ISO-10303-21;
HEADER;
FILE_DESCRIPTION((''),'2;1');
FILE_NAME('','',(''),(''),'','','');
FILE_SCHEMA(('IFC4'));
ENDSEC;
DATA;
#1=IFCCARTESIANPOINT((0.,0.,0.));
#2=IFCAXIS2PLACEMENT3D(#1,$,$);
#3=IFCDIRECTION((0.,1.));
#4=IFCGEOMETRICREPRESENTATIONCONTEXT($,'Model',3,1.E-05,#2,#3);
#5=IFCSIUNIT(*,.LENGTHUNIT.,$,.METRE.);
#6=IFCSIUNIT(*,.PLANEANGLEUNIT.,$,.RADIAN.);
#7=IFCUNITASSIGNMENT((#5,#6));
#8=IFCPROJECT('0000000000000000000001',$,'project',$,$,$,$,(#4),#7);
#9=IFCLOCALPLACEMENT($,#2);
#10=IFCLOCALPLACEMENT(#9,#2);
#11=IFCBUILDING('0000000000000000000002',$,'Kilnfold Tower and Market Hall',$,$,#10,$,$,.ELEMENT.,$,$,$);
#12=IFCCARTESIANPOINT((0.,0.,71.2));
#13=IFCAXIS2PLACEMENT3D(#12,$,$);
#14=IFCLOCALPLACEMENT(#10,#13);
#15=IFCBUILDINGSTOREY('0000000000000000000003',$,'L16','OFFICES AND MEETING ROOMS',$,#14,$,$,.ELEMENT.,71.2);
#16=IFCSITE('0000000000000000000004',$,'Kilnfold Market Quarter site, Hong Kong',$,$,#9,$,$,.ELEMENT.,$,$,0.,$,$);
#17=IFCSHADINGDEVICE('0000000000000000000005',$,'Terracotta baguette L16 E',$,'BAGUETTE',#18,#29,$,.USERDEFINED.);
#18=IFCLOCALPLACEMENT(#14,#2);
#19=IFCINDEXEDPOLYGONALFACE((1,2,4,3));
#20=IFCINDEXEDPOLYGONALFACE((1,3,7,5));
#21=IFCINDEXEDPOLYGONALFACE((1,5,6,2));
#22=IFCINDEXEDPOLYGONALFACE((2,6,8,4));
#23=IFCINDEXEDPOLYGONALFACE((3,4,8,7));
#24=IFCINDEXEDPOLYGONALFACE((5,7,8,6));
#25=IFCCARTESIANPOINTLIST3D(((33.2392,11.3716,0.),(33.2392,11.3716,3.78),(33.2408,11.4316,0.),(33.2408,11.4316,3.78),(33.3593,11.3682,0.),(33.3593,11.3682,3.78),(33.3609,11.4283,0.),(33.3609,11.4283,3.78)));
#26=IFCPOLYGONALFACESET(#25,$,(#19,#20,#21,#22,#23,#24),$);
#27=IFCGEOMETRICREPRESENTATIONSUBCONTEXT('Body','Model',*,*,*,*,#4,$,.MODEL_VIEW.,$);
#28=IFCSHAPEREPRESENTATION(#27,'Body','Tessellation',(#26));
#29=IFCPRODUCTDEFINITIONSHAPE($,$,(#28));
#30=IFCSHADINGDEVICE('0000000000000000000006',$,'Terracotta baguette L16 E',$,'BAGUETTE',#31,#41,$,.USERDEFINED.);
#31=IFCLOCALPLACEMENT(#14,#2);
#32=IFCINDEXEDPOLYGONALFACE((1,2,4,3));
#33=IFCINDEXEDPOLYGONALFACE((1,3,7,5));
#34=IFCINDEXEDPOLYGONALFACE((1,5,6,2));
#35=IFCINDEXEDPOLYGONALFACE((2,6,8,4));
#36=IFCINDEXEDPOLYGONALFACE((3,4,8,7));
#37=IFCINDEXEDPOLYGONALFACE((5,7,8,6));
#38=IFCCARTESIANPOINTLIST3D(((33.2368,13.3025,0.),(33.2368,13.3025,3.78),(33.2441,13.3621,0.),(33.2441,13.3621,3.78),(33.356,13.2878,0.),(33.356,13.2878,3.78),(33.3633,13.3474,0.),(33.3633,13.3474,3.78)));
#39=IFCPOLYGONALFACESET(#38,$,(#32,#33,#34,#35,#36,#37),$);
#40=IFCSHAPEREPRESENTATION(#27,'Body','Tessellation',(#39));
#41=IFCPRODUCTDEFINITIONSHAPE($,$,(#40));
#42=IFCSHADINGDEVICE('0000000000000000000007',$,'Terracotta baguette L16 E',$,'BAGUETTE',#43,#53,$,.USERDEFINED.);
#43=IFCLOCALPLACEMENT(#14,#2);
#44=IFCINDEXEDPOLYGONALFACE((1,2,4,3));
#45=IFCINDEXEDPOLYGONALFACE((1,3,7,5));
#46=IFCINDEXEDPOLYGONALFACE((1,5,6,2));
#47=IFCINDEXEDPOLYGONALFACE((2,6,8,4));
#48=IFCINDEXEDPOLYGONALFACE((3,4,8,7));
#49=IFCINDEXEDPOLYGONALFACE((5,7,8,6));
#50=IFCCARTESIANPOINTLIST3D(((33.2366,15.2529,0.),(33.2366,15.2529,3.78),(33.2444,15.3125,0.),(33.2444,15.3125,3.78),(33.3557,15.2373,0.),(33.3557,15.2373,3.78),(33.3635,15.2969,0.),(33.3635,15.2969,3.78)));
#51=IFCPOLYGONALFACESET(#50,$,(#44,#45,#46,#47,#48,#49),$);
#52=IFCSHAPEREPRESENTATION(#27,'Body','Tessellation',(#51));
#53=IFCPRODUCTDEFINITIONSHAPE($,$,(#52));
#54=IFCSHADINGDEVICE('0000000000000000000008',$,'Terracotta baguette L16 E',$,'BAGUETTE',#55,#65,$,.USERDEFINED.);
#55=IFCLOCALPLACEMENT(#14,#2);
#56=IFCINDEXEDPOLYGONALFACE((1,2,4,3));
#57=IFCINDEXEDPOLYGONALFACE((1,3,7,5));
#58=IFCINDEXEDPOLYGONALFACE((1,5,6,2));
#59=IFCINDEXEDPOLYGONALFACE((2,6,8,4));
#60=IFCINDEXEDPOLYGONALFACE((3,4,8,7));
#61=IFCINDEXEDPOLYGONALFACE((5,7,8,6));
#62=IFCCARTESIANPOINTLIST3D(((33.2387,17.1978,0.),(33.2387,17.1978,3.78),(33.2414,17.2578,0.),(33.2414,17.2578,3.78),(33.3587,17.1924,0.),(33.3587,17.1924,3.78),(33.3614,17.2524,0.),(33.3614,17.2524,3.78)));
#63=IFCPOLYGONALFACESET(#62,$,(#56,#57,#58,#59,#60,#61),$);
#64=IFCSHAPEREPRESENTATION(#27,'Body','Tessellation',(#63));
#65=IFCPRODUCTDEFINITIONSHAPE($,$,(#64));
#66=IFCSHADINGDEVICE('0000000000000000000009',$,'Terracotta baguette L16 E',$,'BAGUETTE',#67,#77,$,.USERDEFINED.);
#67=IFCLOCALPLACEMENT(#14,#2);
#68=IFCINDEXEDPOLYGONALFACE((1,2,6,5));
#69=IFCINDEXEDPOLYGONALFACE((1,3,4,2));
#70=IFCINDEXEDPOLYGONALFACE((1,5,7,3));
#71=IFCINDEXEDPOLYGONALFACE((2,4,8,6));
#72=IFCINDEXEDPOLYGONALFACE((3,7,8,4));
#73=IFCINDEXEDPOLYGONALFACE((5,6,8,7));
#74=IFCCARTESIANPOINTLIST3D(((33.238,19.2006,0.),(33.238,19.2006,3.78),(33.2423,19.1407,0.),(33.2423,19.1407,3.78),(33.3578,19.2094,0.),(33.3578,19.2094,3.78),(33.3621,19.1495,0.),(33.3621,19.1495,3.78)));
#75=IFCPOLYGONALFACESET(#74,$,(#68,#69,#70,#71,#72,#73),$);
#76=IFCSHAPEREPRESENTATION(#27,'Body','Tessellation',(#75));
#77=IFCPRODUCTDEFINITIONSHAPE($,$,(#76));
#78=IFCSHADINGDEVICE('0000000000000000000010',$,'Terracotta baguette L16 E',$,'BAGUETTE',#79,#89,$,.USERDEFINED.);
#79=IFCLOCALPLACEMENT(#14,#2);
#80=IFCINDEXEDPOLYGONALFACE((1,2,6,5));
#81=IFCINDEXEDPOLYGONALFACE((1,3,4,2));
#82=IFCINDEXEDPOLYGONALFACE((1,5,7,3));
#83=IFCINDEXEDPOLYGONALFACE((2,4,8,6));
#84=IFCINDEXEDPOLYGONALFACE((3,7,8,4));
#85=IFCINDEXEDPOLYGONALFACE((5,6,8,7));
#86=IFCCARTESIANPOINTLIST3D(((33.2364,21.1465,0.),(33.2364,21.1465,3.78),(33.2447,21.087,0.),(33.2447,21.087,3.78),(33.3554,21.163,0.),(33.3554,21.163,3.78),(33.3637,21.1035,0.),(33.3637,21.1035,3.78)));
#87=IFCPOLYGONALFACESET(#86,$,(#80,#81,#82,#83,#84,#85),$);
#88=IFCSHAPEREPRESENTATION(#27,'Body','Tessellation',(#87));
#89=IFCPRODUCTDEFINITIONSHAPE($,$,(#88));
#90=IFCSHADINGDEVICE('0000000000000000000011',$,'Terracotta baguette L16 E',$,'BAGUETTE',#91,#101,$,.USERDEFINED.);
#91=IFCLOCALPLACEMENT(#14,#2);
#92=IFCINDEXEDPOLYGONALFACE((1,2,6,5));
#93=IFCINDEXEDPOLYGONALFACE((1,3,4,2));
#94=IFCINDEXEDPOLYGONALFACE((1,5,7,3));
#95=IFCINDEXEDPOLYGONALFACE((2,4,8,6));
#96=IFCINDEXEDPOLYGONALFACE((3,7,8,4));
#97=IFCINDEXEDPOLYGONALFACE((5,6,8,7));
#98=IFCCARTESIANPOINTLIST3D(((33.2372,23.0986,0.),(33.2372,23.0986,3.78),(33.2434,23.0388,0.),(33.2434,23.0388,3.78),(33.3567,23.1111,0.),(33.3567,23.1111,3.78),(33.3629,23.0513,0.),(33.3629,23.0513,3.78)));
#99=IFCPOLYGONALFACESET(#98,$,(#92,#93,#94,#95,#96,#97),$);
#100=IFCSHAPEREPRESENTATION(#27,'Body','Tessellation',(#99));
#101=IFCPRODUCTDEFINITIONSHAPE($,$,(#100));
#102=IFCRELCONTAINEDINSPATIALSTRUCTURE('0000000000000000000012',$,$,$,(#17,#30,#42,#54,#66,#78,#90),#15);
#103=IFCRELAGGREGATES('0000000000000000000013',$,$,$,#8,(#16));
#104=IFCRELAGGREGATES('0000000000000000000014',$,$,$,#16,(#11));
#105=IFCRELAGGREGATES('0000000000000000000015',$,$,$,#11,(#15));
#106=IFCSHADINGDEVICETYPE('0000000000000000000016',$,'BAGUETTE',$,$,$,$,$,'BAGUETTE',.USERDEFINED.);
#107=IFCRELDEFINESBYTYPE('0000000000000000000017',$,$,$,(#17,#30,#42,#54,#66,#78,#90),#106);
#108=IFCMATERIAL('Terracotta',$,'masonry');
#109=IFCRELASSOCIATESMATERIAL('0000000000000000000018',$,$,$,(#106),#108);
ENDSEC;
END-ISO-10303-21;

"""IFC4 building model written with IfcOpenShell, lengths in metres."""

from ifc_helpers import new_model, si_unit, direction, frame, origin, origin_2d, place, context, subcontext, project, spatial, rectangle, extrude, source, transform, mapped, material, material_profile, profile_set, type_object, element, save


model = new_model("IFC4")

# Units and contexts
model_context = context("Model", 3, precision=1e-05, world=origin(), true_north=direction((0.0, 1.0)))
body_context = subcontext(model_context, "Body", "Model", "MODEL_VIEW")
ifc_project = project(units=[si_unit("LENGTHUNIT", "METRE"), si_unit("PLANEANGLEUNIT", "RADIAN")], contexts=[model_context])

# Site, building, storey
site_placement = place(None, origin())
site = spatial("IfcSite", under=ifc_project, at=site_placement, Name="Kilnfold Market Quarter site, Hong Kong", CompositionType="ELEMENT", RefElevation=0.0)
building_placement = place(site_placement, origin())
building = spatial("IfcBuilding", under=site, at=building_placement, Name="Kilnfold Tower and Market Hall", CompositionType="ELEMENT")
storey_placement = place(building_placement, frame((0.0, 0.0, 71.2)))
storey = spatial("IfcBuildingStorey", under=building, at=storey_placement, Name="L16", Description="OFFICES AND MEETING ROOMS", CompositionType="ELEMENT", Elevation=71.2)

# Shading devices
ifc_material_1 = material(Name="Terracotta", Category="masonry")
ifc_material_profile_1 = material_profile(ifc_material_1, rectangle(XDim=0.0601, YDim=0.1201, at=origin_2d()), Name="BAG 60x120")
ifc_profile_set_1 = profile_set([ifc_material_profile_1], Name="Terracotta")
shading_device_type = type_object("IfcShadingDeviceType", Name="BAGUETTE", ElementType="BAGUETTE", PredefinedType="USERDEFINED", material=ifc_profile_set_1)
shared_shape_1 = source(origin(), body_context, "Body", "SweptSolid", [
    extrude(rectangle(XDim=0.0601, YDim=0.1201, at=origin_2d()), origin(), (0.0, 0.0, 1.0), 3.78),
])
for number, where, z_axis, x_axis, name in (
    (1, (33.3, 11.3999, 0.0), (0.0, 0.0, 1.0), (0.027744, 0.999615, 0.0), "Terracotta baguette L16 E"),
    (2, (33.3, 13.325, 0.0), (0.0, 0.0, 1.0), (0.121772, 0.992558, 0.0), "Terracotta baguette L16 E"),
    (3, (33.3, 15.2749, 0.0), (0.0, 0.0, 1.0), (0.129893, 0.991528, 0.0), "Terracotta baguette L16 E"),
    (4, (33.3, 17.2251, 0.0), (0.0, 0.0, 1.0), (0.044871, 0.998993, 0.0), "Terracotta baguette L16 E"),
    (5, (33.3, 19.175, 0.0), (0.0, 0.0, 1.0), (-0.072664, 0.997356, 0.0), "Terracotta baguette L16 E"),
    (6, (33.3, 21.125, 0.0), (0.0, 0.0, 1.0), (-0.137666, 0.990479, 0.0), "Terracotta baguette L16 E"),
    (7, (33.3, 23.075, 0.0), (0.0, 0.0, 1.0), (-0.1041, 0.994567, 0.0), "Terracotta baguette L16 E"),
):
    element("IfcShadingDevice", number, at=place(storey_placement, frame(where, z_axis=z_axis, x_axis=x_axis)), inside=storey, type_object=shading_device_type, Name=name, ObjectType="BAGUETTE", PredefinedType="USERDEFINED", context=body_context, shape_type="MappedRepresentation", body=[
        mapped(shared_shape_1, transform((0.0, 0.0, 0.0))),
    ])

save(model, "model.ifc")
